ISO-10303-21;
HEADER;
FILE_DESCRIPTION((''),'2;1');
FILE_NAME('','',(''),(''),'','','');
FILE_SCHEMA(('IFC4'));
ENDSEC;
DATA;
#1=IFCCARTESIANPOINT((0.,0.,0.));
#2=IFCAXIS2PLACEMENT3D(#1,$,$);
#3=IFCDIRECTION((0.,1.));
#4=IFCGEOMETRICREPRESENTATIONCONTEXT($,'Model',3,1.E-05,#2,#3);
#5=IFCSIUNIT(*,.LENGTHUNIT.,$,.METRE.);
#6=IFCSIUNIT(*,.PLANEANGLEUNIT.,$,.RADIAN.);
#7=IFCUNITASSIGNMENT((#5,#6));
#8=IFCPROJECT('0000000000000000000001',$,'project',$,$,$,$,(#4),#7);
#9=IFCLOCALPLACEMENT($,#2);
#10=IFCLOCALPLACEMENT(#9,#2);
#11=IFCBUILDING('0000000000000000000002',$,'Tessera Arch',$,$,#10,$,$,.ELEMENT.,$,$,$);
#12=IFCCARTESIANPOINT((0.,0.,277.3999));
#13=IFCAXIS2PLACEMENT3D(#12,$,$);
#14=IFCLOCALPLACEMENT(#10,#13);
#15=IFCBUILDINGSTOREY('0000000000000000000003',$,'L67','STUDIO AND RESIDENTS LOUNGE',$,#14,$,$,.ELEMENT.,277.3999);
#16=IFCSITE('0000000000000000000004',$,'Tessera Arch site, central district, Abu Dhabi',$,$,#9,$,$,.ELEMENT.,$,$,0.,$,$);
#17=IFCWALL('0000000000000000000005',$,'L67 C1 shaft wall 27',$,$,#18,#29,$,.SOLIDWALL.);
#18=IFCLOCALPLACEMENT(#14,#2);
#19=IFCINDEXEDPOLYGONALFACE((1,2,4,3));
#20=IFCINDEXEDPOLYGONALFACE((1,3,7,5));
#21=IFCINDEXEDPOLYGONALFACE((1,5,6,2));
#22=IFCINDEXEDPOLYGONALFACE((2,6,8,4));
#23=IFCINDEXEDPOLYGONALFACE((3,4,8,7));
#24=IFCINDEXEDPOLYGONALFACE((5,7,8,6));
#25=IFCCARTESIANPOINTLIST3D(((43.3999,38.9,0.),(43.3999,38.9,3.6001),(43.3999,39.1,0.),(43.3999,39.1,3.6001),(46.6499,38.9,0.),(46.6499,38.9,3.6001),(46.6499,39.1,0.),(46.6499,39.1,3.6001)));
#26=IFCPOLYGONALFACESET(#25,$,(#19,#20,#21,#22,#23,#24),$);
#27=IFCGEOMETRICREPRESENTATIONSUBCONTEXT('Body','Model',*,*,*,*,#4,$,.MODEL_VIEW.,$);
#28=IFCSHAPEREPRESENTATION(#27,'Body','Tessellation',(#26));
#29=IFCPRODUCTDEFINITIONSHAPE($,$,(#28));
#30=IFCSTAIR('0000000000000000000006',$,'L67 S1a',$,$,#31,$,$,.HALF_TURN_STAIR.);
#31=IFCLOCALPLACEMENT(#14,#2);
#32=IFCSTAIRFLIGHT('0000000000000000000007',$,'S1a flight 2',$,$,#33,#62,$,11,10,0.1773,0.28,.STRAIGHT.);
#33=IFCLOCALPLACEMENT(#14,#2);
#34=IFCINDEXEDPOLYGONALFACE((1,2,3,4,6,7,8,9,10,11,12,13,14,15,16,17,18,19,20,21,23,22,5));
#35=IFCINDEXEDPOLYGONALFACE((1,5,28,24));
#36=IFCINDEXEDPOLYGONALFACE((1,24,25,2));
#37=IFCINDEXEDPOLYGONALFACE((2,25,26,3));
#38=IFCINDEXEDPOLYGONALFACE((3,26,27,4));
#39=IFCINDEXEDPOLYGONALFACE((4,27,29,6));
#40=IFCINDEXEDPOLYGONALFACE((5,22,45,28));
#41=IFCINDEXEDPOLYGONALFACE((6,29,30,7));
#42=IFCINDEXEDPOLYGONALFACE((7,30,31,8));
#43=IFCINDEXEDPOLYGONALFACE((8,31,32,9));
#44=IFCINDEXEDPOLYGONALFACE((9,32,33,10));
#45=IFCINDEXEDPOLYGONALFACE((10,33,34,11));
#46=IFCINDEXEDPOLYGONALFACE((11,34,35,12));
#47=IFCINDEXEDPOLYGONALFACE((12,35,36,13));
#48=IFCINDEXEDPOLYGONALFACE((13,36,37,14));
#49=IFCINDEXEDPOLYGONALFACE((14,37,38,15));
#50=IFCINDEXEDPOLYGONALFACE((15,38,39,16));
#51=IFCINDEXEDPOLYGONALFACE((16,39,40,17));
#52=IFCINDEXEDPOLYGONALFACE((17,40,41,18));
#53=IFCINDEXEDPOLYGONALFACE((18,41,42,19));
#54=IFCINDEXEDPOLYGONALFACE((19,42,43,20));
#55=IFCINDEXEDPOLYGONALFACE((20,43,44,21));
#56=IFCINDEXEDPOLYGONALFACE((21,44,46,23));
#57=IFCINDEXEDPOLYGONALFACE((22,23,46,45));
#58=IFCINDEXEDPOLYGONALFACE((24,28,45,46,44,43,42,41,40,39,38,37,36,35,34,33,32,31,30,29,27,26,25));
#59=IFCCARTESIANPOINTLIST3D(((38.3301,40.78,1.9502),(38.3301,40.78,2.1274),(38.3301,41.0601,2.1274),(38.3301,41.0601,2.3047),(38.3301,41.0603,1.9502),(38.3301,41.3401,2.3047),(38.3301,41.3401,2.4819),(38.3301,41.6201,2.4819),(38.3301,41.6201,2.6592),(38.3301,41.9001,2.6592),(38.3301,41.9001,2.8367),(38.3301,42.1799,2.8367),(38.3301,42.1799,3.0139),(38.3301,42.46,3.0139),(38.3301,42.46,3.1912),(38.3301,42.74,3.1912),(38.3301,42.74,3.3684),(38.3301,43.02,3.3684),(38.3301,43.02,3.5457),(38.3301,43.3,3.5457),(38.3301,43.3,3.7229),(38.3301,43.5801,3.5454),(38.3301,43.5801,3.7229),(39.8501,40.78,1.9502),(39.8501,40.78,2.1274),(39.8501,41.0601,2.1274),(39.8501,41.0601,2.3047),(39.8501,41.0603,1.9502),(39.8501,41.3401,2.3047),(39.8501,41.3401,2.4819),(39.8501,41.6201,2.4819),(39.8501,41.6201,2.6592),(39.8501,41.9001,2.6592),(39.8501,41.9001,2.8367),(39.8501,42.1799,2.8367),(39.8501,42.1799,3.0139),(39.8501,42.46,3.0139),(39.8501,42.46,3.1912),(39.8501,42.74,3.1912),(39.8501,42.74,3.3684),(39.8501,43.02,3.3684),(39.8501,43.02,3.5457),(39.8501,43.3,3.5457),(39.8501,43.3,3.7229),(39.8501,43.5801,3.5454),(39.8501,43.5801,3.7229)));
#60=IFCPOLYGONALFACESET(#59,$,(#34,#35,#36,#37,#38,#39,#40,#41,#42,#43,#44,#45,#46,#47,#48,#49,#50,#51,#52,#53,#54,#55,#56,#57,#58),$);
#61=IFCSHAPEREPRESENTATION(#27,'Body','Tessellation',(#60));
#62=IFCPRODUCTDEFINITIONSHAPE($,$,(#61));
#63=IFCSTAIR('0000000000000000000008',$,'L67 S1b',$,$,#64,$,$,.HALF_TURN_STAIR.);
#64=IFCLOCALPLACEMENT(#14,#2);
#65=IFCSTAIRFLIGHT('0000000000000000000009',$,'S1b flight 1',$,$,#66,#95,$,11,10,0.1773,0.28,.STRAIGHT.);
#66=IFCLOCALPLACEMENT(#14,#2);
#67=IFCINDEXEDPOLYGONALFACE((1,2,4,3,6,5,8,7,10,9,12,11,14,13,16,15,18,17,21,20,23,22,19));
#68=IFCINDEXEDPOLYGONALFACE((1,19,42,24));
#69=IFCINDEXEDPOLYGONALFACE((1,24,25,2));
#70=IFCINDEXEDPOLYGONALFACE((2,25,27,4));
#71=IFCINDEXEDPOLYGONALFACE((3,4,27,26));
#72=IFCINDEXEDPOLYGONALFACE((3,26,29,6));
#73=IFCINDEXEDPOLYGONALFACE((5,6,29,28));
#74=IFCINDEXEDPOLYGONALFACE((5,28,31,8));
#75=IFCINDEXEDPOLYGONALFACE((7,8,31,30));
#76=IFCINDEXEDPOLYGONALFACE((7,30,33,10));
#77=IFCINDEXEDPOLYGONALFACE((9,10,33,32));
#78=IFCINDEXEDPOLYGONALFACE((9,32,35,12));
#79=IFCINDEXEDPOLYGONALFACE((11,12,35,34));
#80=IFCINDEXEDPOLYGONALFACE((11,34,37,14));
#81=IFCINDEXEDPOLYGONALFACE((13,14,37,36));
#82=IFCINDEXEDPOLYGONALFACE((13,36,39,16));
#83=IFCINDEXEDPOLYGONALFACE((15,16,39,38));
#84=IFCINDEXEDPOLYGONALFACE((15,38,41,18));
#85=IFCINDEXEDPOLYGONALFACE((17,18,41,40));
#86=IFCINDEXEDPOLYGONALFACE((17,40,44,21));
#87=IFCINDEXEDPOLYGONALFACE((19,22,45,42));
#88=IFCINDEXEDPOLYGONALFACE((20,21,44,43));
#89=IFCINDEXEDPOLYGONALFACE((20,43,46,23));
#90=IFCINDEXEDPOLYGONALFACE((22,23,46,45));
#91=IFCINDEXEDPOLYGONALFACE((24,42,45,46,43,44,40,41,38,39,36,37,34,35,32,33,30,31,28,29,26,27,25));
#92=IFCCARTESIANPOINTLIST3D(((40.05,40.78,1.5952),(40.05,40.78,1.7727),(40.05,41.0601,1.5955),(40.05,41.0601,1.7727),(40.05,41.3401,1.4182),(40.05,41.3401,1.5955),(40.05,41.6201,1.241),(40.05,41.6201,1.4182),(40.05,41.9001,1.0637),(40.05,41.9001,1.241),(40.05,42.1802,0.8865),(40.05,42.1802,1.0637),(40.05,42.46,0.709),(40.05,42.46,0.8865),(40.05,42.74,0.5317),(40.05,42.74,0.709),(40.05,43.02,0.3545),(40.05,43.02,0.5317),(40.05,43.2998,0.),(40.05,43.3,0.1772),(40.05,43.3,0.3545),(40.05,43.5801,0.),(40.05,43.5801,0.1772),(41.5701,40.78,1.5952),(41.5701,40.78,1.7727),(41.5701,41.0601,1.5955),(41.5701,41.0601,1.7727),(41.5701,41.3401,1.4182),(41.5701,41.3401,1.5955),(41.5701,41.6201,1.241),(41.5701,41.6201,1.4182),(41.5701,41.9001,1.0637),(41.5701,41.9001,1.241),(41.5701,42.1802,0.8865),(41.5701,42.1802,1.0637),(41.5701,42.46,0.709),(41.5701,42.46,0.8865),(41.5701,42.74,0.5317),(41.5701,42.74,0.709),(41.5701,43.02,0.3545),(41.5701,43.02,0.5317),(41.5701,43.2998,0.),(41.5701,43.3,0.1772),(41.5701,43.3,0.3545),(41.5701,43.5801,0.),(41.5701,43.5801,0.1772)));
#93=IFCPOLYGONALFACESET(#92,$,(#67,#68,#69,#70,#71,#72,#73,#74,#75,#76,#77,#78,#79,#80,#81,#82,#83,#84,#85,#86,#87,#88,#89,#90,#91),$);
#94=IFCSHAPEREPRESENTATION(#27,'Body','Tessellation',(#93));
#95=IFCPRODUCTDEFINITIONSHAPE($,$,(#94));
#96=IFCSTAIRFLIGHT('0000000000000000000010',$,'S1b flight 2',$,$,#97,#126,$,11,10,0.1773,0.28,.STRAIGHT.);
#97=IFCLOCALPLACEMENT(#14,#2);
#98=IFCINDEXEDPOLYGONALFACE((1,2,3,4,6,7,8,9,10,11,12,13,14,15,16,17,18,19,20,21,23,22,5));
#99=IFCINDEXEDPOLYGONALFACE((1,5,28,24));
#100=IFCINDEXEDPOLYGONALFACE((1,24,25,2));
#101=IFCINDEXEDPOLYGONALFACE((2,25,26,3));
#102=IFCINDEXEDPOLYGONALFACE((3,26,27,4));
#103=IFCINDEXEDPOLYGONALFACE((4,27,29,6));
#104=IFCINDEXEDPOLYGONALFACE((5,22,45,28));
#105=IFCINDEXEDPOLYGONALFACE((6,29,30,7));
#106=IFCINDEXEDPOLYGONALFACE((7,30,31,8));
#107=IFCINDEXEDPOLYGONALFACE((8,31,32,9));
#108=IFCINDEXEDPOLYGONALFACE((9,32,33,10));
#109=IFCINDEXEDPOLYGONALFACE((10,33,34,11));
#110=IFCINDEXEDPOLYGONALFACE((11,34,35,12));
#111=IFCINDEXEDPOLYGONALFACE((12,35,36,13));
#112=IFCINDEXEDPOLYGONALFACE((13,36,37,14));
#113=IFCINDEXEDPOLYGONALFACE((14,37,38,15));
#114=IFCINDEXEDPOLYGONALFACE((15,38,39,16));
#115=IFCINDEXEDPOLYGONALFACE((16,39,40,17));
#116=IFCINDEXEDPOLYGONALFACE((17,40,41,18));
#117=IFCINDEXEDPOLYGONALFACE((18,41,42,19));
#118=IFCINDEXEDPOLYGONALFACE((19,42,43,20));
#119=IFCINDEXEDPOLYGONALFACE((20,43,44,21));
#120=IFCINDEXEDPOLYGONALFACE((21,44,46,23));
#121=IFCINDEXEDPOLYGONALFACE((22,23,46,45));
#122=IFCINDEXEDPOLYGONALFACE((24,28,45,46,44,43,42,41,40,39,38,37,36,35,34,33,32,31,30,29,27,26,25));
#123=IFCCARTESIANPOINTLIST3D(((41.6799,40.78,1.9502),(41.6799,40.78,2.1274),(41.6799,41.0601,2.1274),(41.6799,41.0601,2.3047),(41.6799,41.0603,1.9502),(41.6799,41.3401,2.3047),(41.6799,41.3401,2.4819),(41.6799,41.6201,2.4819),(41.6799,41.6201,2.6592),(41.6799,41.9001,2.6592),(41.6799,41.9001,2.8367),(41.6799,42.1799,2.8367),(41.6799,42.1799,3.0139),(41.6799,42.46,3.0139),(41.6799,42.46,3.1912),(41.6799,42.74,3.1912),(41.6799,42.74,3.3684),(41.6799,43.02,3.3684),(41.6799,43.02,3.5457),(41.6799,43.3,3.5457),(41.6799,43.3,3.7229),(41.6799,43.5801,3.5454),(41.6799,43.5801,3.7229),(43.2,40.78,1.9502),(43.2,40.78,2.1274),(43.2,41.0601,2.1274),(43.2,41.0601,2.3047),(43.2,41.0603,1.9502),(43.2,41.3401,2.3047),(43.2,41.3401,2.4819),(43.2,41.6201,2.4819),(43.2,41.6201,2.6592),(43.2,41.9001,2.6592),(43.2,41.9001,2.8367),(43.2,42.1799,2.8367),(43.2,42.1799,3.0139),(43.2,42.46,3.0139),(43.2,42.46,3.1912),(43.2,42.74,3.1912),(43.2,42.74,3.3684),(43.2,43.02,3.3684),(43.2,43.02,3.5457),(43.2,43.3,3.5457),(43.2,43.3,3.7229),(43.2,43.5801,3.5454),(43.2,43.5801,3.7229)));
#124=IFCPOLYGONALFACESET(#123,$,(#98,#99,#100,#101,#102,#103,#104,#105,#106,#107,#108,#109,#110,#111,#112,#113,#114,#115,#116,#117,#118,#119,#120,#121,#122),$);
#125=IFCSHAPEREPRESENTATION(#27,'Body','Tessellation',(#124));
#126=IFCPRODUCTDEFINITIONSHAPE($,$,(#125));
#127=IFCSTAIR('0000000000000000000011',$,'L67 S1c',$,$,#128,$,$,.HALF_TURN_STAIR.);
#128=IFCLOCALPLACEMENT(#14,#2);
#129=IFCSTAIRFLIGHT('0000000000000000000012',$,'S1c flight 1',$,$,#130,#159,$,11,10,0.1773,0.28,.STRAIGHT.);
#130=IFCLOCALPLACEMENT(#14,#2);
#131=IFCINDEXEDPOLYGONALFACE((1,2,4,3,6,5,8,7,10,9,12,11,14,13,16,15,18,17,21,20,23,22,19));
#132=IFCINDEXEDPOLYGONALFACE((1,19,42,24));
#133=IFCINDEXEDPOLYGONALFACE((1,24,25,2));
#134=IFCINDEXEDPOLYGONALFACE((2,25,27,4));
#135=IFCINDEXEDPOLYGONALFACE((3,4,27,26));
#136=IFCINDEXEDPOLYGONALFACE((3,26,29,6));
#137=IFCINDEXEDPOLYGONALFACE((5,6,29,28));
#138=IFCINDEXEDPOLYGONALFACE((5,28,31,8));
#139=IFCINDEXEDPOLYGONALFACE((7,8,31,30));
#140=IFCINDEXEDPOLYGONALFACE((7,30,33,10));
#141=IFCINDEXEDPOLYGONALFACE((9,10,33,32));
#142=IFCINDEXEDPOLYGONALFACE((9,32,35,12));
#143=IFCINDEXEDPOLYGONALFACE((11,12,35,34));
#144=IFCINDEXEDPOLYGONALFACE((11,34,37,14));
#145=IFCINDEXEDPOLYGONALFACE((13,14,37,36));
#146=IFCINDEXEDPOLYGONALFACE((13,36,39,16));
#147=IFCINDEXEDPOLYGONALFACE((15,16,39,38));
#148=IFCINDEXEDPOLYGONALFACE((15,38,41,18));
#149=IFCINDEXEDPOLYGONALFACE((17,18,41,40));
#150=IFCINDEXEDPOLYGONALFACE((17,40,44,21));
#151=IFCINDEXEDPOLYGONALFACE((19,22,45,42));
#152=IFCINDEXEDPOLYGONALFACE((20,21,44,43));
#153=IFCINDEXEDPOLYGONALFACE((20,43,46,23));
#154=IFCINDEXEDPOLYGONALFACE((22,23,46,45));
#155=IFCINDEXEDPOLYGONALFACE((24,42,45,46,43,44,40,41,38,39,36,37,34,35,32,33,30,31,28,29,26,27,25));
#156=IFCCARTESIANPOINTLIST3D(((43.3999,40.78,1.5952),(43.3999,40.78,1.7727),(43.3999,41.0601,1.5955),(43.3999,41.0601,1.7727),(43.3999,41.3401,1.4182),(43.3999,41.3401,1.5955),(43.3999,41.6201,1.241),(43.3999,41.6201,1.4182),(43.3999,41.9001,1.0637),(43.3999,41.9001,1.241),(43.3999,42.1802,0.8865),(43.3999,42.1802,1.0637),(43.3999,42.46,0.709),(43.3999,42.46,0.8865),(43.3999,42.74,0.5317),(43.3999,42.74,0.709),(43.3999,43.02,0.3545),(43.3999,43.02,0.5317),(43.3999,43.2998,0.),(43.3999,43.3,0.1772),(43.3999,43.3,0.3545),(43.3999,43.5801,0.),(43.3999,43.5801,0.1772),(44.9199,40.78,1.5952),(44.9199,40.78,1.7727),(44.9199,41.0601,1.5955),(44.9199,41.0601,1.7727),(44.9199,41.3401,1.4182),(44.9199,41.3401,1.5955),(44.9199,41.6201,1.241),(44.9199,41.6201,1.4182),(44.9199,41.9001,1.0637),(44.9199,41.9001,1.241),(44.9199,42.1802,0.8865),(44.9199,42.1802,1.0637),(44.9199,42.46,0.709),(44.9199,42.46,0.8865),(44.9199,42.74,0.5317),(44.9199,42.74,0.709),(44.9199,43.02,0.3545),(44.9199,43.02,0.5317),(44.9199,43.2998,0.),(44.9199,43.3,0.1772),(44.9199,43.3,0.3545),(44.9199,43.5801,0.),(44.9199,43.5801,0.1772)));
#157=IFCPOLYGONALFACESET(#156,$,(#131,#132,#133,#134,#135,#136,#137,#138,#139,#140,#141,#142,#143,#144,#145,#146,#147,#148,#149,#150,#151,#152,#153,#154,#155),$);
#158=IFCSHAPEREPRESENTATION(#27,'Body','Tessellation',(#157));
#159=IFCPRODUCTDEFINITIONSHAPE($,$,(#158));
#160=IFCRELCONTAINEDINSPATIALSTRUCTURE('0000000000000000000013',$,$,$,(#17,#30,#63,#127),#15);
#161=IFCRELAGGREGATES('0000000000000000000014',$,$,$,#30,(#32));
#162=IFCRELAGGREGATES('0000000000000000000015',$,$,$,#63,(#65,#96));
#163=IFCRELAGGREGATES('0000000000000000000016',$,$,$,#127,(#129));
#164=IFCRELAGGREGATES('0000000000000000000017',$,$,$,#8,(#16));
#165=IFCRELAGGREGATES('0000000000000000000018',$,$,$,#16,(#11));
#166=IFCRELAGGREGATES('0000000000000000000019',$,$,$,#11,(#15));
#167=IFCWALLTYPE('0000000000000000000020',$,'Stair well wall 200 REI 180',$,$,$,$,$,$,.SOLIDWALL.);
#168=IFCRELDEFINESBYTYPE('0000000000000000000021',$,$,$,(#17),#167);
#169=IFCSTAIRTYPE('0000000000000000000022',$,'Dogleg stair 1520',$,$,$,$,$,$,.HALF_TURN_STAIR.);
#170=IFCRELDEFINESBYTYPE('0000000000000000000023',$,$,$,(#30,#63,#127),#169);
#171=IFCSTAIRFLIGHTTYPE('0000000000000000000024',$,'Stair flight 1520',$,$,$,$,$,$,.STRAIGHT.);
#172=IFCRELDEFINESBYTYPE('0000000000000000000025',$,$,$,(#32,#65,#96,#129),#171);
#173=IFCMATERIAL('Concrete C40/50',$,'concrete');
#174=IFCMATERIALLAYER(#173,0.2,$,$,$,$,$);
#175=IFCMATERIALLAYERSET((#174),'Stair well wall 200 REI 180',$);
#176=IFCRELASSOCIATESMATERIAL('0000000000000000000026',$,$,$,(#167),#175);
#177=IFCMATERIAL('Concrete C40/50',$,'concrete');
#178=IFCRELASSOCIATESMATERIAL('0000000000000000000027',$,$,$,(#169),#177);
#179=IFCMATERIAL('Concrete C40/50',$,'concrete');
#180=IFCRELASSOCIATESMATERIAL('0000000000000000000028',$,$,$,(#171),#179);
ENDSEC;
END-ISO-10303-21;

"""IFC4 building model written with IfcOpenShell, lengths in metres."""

from ifc_helpers import new_model, si_unit, direction, frame, frame_2d, origin, place, context, subcontext, project, spatial, polyline, rectangle, outline, extrude, material, layer, layer_set, type_object, element, aggregate, save


model = new_model("IFC4")

# Units and contexts
model_context = context("Model", 3, precision=1e-05, world=origin(), true_north=direction((0.0, 1.0)))
body_context = subcontext(model_context, "Body", "Model", "MODEL_VIEW")
ifc_project = project(units=[si_unit("LENGTHUNIT", "METRE"), si_unit("PLANEANGLEUNIT", "RADIAN")], contexts=[model_context])

# Site, building, storey
site_placement = place(None, origin())
site = spatial("IfcSite", under=ifc_project, at=site_placement, Name="Tessera Arch site, central district, Abu Dhabi", CompositionType="ELEMENT", RefElevation=0.0)
building_placement = place(site_placement, origin())
building = spatial("IfcBuilding", under=site, at=building_placement, Name="Tessera Arch", CompositionType="ELEMENT")
storey_placement = place(building_placement, frame((0.0, 0.0, 277.3999)))
storey = spatial("IfcBuildingStorey", under=building, at=storey_placement, Name="L67", Description="STUDIO AND RESIDENTS LOUNGE", CompositionType="ELEMENT", Elevation=277.3999)

# Wall
ifc_material_1 = material(Name="Concrete C40/50", Category="concrete")
ifc_layer_1 = layer(ifc_material_1, 0.2)
ifc_layer_set_1 = layer_set([ifc_layer_1], Name="Stair well wall 200 REI 180")
wall_type_1 = type_object("IfcWallType", Name="Stair well wall 200 REI 180", PredefinedType="SOLIDWALL", material=ifc_layer_set_1)
wall_1_placement = place(storey_placement, frame((43.3999, 39.0, 0.0), z_axis=(0.0, 0.0, 1.0), x_axis=(1.0, 0.0, 0.0)))
element("IfcWall", 1, at=wall_1_placement, inside=storey, type_object=wall_type_1, Name="L67 C1 shaft wall 27", PredefinedType="SOLIDWALL", context=body_context, shape_type="SweptSolid", body=[
    extrude(rectangle(XDim=3.25, YDim=0.2, at=frame_2d((1.625, 0.0))), origin(), (0.0, 0.0, 1.0), 3.6001),
])

# Stair, stair flight
ifc_material_2 = material(Name="Concrete C40/50", Category="concrete")
stair_type = type_object("IfcStairType", Name="Dogleg stair 1520", PredefinedType="HALF_TURN_STAIR", material=ifc_material_2)
stair_1_placement = place(storey_placement, origin())
stair_1 = element("IfcStair", 2, at=stair_1_placement, inside=storey, type_object=stair_type, Name="L67 S1a", PredefinedType="HALF_TURN_STAIR")
ifc_material_3 = material(Name="Concrete C40/50", Category="concrete")
stair_flight_type = type_object("IfcStairFlightType", Name="Stair flight 1520", PredefinedType="STRAIGHT", material=ifc_material_3)
stair_flight_1_placement = place(storey_placement, frame((39.0901, 40.78, 1.9502), z_axis=(0.0, 0.0, 1.0), x_axis=(0.0, 1.0, 0.0)))
stair_flight_1 = element("IfcStairFlight", 3, at=stair_flight_1_placement, type_object=stair_flight_type, Name="S1a flight 2", NumberOfRisers=11, NumberOfTreads=10, PredefinedType="STRAIGHT", RiserHeight=0.1773, TreadLength=0.28, context=body_context, shape_type="SweptSolid", body=[
    extrude(outline(polyline([(0.0, 0.0), (0.0, 0.1772), (0.28, 0.1772), (0.28, 0.3545), (0.5601, 0.3545), (0.5601, 0.5317), (0.8401, 0.5317), (0.8401, 0.709), (1.1201, 0.709), (1.1201, 0.8865), (1.3999, 0.8865), (1.3999, 1.0637), (1.6799, 1.0637), (1.6799, 1.241), (1.96, 1.241), (1.96, 1.4182), (2.24, 1.4182), (2.24, 1.5955), (2.52, 1.5955), (2.52, 1.7727), (2.8, 1.7727), (2.8, 1.95), (2.8, 1.5952), (0.2803, 0.0), (0.0, 0.0)])), frame((0.0, 0.76, 0.0), z_axis=(0.0, -1.0, 0.0), x_axis=(1.0, 0.0, 0.0)), (0.0, 0.0, 1.0), 1.52),
])
aggregate(stair_1, [stair_flight_1])

# Stairs, stair flights
stair_2_placement = place(storey_placement, origin())
stair_2 = element("IfcStair", 4, at=stair_2_placement, inside=storey, type_object=stair_type, Name="L67 S1b", PredefinedType="HALF_TURN_STAIR")
stair_flight_2_placement = place(storey_placement, frame((40.8101, 43.5801, 0.0), z_axis=(0.0, 0.0, 1.0), x_axis=(0.0, -1.0, 0.0)))
stair_flight_2 = element("IfcStairFlight", 5, at=stair_flight_2_placement, type_object=stair_flight_type, Name="S1b flight 1", NumberOfRisers=11, NumberOfTreads=10, PredefinedType="STRAIGHT", RiserHeight=0.1773, TreadLength=0.28, context=body_context, shape_type="SweptSolid", body=[
    extrude(outline(polyline([(0.0, 0.0), (0.0, 0.1772), (0.28, 0.1772), (0.28, 0.3545), (0.5601, 0.3545), (0.5601, 0.5317), (0.8401, 0.5317), (0.8401, 0.709), (1.1201, 0.709), (1.1201, 0.8865), (1.3999, 0.8865), (1.3999, 1.0637), (1.6799, 1.0637), (1.6799, 1.241), (1.96, 1.241), (1.96, 1.4182), (2.24, 1.4182), (2.24, 1.5955), (2.52, 1.5955), (2.52, 1.7727), (2.8, 1.7727), (2.8, 1.95), (2.8, 1.5952), (0.2803, 0.0), (0.0, 0.0)])), frame((0.0, 0.76, 0.0), z_axis=(0.0, -1.0, 0.0), x_axis=(1.0, 0.0, 0.0)), (0.0, 0.0, 1.0), 1.52),
])
stair_flight_3_placement = place(storey_placement, frame((42.4399, 40.78, 1.9502), z_axis=(0.0, 0.0, 1.0), x_axis=(0.0, 1.0, 0.0)))
stair_flight_3 = element("IfcStairFlight", 6, at=stair_flight_3_placement, type_object=stair_flight_type, Name="S1b flight 2", NumberOfRisers=11, NumberOfTreads=10, PredefinedType="STRAIGHT", RiserHeight=0.1773, TreadLength=0.28, context=body_context, shape_type="SweptSolid", body=[
    extrude(outline(polyline([(0.0, 0.0), (0.0, 0.1772), (0.28, 0.1772), (0.28, 0.3545), (0.5601, 0.3545), (0.5601, 0.5317), (0.8401, 0.5317), (0.8401, 0.709), (1.1201, 0.709), (1.1201, 0.8865), (1.3999, 0.8865), (1.3999, 1.0637), (1.6799, 1.0637), (1.6799, 1.241), (1.96, 1.241), (1.96, 1.4182), (2.24, 1.4182), (2.24, 1.5955), (2.52, 1.5955), (2.52, 1.7727), (2.8, 1.7727), (2.8, 1.95), (2.8, 1.5952), (0.2803, 0.0), (0.0, 0.0)])), frame((0.0, 0.76, 0.0), z_axis=(0.0, -1.0, 0.0), x_axis=(1.0, 0.0, 0.0)), (0.0, 0.0, 1.0), 1.52),
])
aggregate(stair_2, [stair_flight_2, stair_flight_3])
stair_3_placement = place(storey_placement, origin())
stair_3 = element("IfcStair", 7, at=stair_3_placement, inside=storey, type_object=stair_type, Name="L67 S1c", PredefinedType="HALF_TURN_STAIR")
stair_flight_4_placement = place(storey_placement, frame((44.1599, 43.5801, 0.0), z_axis=(0.0, 0.0, 1.0), x_axis=(0.0, -1.0, 0.0)))
stair_flight_4 = element("IfcStairFlight", 8, at=stair_flight_4_placement, type_object=stair_flight_type, Name="S1c flight 1", NumberOfRisers=11, NumberOfTreads=10, PredefinedType="STRAIGHT", RiserHeight=0.1773, TreadLength=0.28, context=body_context, shape_type="SweptSolid", body=[
    extrude(outline(polyline([(0.0, 0.0), (0.0, 0.1772), (0.28, 0.1772), (0.28, 0.3545), (0.5601, 0.3545), (0.5601, 0.5317), (0.8401, 0.5317), (0.8401, 0.709), (1.1201, 0.709), (1.1201, 0.8865), (1.3999, 0.8865), (1.3999, 1.0637), (1.6799, 1.0637), (1.6799, 1.241), (1.96, 1.241), (1.96, 1.4182), (2.24, 1.4182), (2.24, 1.5955), (2.52, 1.5955), (2.52, 1.7727), (2.8, 1.7727), (2.8, 1.95), (2.8, 1.5952), (0.2803, 0.0), (0.0, 0.0)])), frame((0.0, 0.76, 0.0), z_axis=(0.0, -1.0, 0.0), x_axis=(1.0, 0.0, 0.0)), (0.0, 0.0, 1.0), 1.52),
])
aggregate(stair_3, [stair_flight_4])

save(model, "model.ifc")
